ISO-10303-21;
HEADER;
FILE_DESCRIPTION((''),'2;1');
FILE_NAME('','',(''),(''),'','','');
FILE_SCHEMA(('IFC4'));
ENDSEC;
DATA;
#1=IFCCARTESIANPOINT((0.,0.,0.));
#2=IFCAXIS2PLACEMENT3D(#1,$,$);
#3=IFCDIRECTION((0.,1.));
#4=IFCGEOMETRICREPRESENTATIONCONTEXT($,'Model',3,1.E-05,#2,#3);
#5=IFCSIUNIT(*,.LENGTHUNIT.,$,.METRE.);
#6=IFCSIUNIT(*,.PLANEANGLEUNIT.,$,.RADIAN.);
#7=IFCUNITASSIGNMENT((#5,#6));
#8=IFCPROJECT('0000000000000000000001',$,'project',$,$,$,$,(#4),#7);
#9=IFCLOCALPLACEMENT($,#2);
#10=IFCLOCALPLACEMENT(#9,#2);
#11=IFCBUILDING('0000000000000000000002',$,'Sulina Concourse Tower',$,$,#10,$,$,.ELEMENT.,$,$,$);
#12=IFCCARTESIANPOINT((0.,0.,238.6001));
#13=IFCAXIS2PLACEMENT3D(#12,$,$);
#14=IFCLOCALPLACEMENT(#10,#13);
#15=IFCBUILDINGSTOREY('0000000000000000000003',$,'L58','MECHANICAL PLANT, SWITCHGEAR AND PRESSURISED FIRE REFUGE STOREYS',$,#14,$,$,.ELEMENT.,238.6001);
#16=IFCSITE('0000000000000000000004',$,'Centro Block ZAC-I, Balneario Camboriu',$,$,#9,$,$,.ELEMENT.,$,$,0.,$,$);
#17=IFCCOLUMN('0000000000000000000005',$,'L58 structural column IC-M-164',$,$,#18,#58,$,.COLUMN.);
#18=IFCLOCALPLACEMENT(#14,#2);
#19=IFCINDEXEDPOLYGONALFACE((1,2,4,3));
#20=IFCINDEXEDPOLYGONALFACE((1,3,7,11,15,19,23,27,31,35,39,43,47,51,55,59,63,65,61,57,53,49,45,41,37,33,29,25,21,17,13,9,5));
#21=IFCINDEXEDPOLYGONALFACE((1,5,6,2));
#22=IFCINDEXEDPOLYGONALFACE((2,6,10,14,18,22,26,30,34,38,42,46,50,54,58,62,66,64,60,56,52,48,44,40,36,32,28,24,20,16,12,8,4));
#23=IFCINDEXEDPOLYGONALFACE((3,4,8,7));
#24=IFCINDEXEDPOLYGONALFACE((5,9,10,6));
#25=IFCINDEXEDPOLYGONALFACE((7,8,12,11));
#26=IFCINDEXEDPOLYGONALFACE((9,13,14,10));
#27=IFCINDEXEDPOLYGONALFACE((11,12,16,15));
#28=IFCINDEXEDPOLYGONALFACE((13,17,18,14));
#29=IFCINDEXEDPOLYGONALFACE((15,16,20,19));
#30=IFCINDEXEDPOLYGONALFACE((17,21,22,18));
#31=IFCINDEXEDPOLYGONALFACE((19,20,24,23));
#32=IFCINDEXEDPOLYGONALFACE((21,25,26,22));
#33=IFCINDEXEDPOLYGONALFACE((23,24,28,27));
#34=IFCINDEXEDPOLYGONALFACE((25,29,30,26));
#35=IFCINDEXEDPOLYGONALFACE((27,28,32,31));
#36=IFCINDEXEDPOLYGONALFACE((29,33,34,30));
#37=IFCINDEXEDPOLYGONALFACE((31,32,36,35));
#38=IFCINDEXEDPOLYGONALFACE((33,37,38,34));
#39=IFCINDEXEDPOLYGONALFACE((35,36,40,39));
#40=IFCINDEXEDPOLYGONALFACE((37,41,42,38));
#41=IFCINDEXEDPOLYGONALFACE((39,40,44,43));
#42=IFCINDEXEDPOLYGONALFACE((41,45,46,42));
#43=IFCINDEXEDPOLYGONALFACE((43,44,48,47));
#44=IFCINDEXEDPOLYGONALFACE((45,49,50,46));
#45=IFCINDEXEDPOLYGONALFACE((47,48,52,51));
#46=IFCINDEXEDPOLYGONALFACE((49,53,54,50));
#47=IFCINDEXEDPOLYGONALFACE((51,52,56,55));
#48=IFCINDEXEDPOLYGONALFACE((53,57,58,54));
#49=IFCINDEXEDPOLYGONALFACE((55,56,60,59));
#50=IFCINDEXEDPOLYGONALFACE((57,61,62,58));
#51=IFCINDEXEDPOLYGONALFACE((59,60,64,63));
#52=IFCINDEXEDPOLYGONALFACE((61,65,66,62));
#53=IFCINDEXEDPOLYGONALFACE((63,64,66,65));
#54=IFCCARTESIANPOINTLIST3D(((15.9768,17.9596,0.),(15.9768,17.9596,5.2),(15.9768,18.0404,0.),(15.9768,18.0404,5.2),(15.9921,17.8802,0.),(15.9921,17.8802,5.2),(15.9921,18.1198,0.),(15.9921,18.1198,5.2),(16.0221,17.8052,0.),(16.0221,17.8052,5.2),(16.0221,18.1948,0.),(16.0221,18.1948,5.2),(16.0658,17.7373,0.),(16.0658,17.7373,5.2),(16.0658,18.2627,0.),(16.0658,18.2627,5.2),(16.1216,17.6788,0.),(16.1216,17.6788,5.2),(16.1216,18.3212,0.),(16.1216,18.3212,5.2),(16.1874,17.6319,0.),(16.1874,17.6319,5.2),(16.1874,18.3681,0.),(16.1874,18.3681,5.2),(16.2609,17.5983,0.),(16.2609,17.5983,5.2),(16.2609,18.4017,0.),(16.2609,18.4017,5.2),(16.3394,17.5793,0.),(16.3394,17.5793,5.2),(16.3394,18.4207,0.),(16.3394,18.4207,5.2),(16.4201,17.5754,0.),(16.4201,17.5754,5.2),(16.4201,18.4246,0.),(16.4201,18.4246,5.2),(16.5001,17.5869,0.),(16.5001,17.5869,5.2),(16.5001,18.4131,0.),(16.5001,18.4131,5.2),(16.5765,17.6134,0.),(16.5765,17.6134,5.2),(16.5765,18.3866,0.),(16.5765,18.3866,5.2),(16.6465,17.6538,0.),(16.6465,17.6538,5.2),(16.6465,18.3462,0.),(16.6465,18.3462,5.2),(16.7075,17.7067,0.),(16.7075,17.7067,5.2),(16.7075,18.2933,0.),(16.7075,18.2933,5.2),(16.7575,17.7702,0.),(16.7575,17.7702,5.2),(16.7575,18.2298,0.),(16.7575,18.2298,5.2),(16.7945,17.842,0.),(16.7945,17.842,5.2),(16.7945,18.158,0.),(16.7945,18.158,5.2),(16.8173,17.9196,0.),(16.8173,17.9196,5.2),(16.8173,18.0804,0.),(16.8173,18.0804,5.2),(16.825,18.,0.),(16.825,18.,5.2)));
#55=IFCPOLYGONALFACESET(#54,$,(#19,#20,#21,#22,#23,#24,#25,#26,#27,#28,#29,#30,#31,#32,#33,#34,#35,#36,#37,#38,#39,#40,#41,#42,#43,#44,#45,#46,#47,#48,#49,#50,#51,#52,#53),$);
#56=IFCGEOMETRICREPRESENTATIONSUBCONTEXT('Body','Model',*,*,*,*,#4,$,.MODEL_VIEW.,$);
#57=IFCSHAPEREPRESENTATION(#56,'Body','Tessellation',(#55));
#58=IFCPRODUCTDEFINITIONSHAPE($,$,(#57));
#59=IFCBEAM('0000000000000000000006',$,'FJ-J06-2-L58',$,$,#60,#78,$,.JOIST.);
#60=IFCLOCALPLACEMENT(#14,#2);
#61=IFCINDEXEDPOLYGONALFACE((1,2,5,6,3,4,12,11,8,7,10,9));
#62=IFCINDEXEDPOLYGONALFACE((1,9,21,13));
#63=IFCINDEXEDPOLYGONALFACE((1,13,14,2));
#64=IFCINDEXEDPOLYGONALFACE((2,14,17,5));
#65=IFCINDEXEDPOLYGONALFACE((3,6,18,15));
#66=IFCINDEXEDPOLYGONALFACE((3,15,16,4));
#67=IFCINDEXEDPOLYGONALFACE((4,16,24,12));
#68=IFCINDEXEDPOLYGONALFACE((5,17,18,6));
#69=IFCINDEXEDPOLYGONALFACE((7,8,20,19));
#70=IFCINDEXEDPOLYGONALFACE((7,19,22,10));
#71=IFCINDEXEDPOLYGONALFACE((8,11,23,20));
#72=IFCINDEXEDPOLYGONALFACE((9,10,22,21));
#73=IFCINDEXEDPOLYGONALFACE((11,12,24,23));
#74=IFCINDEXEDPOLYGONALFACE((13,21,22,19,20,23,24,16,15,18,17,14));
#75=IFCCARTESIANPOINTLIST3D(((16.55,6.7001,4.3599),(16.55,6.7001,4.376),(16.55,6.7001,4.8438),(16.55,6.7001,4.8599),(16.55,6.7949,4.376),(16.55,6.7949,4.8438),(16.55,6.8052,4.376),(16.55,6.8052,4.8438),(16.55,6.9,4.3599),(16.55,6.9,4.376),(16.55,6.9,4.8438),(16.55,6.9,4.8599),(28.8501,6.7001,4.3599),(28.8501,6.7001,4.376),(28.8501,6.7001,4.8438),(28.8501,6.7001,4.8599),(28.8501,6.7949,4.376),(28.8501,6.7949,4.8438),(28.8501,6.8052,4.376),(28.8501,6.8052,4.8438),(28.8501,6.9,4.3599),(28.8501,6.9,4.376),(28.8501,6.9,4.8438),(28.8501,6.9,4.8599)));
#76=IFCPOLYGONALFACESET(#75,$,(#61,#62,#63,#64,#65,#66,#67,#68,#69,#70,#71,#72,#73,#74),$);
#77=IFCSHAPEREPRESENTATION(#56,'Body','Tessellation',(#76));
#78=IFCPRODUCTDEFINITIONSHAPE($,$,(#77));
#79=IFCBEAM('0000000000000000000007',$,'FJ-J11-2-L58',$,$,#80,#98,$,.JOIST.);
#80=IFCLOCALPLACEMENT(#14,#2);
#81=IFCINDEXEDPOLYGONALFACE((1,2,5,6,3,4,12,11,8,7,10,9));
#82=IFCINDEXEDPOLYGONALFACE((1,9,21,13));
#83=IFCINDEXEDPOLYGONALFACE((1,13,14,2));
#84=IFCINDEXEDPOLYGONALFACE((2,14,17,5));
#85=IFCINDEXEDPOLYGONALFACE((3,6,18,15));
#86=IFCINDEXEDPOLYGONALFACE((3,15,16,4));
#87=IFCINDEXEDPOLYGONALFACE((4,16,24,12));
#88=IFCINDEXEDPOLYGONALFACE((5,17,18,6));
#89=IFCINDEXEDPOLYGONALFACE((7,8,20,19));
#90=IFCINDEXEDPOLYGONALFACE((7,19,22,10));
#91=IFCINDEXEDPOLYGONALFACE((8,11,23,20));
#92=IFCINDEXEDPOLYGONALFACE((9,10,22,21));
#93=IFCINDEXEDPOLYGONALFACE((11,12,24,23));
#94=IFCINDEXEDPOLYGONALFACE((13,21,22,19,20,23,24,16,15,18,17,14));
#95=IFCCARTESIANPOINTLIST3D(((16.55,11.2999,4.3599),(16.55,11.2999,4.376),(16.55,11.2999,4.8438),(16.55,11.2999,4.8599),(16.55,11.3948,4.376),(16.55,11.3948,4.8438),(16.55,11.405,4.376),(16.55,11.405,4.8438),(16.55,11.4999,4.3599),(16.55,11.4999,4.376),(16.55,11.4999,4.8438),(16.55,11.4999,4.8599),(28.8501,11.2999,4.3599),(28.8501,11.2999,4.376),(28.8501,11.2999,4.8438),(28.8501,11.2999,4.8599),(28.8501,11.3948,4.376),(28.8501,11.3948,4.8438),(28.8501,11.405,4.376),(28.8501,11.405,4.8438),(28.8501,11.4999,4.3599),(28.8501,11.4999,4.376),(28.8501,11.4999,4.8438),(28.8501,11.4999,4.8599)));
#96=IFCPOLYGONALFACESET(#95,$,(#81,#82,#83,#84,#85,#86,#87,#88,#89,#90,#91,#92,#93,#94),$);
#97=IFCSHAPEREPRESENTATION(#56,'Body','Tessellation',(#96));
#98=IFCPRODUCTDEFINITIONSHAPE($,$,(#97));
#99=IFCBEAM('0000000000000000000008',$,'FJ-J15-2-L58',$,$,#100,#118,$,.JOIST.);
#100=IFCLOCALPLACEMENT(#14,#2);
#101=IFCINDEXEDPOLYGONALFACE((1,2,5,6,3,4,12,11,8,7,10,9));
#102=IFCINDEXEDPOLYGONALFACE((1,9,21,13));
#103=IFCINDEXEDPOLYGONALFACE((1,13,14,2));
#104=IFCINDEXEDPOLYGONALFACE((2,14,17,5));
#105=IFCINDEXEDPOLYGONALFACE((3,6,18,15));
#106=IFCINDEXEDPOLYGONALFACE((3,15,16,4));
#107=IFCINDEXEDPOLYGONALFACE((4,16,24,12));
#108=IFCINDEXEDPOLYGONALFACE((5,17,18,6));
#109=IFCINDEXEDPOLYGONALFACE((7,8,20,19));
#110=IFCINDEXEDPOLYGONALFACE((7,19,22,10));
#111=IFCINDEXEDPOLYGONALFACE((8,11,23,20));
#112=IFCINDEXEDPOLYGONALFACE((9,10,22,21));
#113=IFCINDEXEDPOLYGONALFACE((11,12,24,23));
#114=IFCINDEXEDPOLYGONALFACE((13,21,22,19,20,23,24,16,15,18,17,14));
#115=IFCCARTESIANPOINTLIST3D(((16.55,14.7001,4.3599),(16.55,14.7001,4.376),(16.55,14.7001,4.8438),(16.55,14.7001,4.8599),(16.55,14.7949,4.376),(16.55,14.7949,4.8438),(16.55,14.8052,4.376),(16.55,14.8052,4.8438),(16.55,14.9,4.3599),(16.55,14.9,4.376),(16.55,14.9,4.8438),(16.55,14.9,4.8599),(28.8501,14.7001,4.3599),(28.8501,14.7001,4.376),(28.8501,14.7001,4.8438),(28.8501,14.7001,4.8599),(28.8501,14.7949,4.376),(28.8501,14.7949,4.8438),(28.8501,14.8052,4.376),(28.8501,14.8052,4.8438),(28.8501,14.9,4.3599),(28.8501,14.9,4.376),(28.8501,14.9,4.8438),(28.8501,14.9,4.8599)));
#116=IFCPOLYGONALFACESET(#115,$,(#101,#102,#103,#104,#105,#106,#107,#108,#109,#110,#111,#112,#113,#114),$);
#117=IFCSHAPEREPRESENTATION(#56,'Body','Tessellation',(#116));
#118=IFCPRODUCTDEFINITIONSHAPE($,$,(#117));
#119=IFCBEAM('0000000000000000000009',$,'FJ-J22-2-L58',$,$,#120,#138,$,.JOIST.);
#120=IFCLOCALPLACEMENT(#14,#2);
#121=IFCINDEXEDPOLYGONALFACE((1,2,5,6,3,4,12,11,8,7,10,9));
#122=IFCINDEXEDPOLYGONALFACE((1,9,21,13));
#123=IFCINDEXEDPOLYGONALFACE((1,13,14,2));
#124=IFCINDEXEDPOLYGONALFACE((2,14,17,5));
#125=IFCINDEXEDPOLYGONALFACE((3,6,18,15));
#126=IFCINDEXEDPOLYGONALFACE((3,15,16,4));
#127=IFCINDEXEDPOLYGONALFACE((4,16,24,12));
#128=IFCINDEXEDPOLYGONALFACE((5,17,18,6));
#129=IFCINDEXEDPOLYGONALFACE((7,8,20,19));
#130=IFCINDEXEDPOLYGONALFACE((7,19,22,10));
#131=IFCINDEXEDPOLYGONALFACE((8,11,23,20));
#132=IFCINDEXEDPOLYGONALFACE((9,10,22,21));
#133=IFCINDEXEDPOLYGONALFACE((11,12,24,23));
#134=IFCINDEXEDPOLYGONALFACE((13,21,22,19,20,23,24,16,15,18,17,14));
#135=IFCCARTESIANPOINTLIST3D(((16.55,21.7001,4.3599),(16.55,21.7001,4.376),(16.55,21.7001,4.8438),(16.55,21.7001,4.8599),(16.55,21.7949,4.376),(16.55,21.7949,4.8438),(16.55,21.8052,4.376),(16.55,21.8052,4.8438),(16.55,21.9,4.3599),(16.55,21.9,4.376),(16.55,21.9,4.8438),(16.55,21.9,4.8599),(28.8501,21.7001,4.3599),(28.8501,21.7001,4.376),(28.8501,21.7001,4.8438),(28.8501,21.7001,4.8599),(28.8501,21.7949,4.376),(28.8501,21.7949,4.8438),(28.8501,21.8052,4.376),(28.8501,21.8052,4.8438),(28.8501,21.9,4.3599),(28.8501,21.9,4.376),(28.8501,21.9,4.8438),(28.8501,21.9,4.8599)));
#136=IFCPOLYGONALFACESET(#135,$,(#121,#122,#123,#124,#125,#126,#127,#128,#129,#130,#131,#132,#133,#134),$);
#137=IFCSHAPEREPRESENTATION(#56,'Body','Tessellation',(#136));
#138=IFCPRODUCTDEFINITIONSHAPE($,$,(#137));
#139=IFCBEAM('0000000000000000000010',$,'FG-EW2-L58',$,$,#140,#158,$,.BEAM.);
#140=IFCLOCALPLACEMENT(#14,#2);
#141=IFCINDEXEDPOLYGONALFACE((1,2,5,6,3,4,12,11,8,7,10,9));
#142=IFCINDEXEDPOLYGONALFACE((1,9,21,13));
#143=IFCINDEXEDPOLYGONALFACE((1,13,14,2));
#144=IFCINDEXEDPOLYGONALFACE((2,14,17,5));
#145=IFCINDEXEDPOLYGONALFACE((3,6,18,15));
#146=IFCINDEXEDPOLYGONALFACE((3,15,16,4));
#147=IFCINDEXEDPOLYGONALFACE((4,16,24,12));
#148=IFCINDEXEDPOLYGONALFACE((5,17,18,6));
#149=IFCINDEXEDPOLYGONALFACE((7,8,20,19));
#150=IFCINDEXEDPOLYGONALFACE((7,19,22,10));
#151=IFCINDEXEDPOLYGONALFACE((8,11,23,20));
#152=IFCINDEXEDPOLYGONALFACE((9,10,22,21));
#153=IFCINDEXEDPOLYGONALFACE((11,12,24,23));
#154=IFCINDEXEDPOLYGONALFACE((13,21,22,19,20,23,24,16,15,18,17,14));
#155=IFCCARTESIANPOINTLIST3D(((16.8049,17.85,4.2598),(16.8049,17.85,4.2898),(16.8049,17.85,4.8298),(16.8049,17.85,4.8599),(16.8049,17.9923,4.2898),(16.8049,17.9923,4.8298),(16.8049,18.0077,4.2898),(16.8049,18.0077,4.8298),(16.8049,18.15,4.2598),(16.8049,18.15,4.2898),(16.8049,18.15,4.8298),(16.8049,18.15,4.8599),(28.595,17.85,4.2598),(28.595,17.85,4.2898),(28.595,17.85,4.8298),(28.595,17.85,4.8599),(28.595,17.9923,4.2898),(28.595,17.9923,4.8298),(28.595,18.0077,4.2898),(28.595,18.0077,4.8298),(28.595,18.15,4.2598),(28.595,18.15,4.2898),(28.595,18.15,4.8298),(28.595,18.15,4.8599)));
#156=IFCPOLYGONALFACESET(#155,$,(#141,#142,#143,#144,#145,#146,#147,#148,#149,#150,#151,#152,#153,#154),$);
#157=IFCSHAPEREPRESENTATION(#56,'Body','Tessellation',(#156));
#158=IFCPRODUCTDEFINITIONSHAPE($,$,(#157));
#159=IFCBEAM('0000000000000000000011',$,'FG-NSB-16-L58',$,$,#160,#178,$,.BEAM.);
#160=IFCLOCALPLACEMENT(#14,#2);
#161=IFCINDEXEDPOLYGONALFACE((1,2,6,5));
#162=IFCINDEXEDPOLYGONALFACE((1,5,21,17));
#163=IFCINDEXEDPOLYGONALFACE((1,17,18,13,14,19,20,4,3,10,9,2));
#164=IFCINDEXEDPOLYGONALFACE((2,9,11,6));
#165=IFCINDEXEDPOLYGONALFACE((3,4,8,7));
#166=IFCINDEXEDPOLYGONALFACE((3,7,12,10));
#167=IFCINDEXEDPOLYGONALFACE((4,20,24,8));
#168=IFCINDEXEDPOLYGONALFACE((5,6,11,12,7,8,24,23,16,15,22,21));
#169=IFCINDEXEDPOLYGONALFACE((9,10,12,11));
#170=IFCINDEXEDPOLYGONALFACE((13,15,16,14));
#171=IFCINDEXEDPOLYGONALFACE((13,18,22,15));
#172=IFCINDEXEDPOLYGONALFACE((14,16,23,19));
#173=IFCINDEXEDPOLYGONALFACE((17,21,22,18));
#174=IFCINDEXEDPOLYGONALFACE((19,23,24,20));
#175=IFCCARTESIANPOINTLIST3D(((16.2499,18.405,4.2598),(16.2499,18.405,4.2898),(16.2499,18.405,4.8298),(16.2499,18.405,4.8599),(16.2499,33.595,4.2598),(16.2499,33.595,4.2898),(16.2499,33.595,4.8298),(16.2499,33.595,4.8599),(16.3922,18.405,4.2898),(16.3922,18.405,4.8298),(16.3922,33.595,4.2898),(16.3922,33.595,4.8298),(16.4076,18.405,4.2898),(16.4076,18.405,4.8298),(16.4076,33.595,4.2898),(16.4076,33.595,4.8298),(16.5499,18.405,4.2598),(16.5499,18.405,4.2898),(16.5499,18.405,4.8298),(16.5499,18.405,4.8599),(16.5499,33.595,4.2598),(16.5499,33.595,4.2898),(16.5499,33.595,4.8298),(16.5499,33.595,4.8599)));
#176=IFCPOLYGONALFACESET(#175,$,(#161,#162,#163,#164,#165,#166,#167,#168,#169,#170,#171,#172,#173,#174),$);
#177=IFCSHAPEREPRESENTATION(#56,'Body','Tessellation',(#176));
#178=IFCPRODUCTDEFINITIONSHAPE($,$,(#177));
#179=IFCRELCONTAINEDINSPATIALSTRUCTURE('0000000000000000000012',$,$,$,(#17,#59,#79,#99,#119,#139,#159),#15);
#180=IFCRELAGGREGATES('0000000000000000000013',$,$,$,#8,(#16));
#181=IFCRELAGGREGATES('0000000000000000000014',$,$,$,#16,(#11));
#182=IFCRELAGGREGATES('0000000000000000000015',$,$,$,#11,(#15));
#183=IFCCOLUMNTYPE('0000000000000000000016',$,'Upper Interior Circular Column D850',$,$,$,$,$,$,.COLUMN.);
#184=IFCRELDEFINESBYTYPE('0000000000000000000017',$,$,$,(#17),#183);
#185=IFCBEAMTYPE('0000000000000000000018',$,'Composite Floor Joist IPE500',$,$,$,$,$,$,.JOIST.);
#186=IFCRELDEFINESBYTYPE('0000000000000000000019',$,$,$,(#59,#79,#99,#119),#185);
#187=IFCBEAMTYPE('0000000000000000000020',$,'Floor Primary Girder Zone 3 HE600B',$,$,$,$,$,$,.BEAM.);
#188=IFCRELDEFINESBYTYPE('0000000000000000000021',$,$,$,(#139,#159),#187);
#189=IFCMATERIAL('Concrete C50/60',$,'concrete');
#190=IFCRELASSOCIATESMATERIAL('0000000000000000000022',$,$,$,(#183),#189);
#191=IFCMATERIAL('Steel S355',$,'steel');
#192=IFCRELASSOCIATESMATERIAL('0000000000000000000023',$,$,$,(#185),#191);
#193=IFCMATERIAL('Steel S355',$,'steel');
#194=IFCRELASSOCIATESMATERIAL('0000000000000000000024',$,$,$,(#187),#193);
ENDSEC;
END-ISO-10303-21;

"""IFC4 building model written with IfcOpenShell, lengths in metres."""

from ifc_helpers import new_model, si_unit, direction, frame, origin, origin_2d, place, context, subcontext, project, spatial, circle, i_section, extrude, material, material_profile, profile_set, type_object, element, save


model = new_model("IFC4")

# Units and contexts
model_context = context("Model", 3, precision=1e-05, world=origin(), true_north=direction((0.0, 1.0)))
body_context = subcontext(model_context, "Body", "Model", "MODEL_VIEW")
ifc_project = project(units=[si_unit("LENGTHUNIT", "METRE"), si_unit("PLANEANGLEUNIT", "RADIAN")], contexts=[model_context])

# Site, building, storey
site_placement = place(None, origin())
site = spatial("IfcSite", under=ifc_project, at=site_placement, Name="Centro Block ZAC-I, Balneario Camboriu", CompositionType="ELEMENT", RefElevation=0.0)
building_placement = place(site_placement, origin())
building = spatial("IfcBuilding", under=site, at=building_placement, Name="Sulina Concourse Tower", CompositionType="ELEMENT")
storey_placement = place(building_placement, frame((0.0, 0.0, 238.6001)))
storey = spatial("IfcBuildingStorey", under=building, at=storey_placement, Name="L58", Description="MECHANICAL PLANT, SWITCHGEAR AND PRESSURISED FIRE REFUGE STOREYS", CompositionType="ELEMENT", Elevation=238.6001)

# Column
ifc_material_1 = material(Name="Concrete C50/60", Category="concrete")
ifc_material_profile_1 = material_profile(ifc_material_1, circle(Radius=0.425, at=origin_2d()), Name="RC D850")
ifc_profile_set_1 = profile_set([ifc_material_profile_1], Name="Concrete C50/60")
column_type = type_object("IfcColumnType", Name="Upper Interior Circular Column D850", PredefinedType="COLUMN", material=ifc_profile_set_1)
column_placement = place(storey_placement, frame((16.3999, 18.0, 0.0), z_axis=(0.0, 0.0, 1.0), x_axis=(1.0, 0.0, 0.0)))
element("IfcColumn", 1, at=column_placement, inside=storey, type_object=column_type, Name="L58 structural column IC-M-164", PredefinedType="COLUMN", context=body_context, shape_type="SweptSolid", body=[
    extrude(circle(Radius=0.425, at=origin_2d()), origin(), (0.0, 0.0, 1.0), 5.2),
])

# Beams
ifc_material_2 = material(Name="Steel S355", Category="steel")
ifc_material_profile_2 = material_profile(ifc_material_2, i_section(OverallWidth=0.2, OverallDepth=0.5, WebThickness=0.0103, FlangeThickness=0.0161, at=origin_2d()), Name="IPE 500")
ifc_profile_set_2 = profile_set([ifc_material_profile_2], Name="Steel S355")
beam_type_1 = type_object("IfcBeamType", Name="Composite Floor Joist IPE500", PredefinedType="JOIST", material=ifc_profile_set_2)
for number, where, z_axis, x_axis, name in (
    (2, (16.55, 6.8, 4.6099), (1.0, 0.0, 0.0), (0.0, 1.0, 0.0), "FJ-J06-2-L58"),
    (3, (16.55, 11.3999, 4.6099), (1.0, 0.0, 0.0), (0.0, 1.0, 0.0), "FJ-J11-2-L58"),
    (4, (16.55, 14.8, 4.6099), (1.0, 0.0, 0.0), (0.0, 1.0, 0.0), "FJ-J15-2-L58"),
    (5, (16.55, 21.8, 4.6099), (1.0, 0.0, 0.0), (0.0, 1.0, 0.0), "FJ-J22-2-L58"),
):
    element("IfcBeam", number, at=place(storey_placement, frame(where, z_axis=z_axis, x_axis=x_axis)), inside=storey, type_object=beam_type_1, Name=name, PredefinedType="JOIST", context=body_context, shape_type="SweptSolid", body=[
        extrude(i_section(OverallWidth=0.2, OverallDepth=0.5, WebThickness=0.0103, FlangeThickness=0.0161, at=origin_2d()), origin(), (0.0, 0.0, 1.0), 12.3),
    ])
ifc_material_3 = material(Name="Steel S355", Category="steel")
ifc_material_profile_3 = material_profile(ifc_material_3, i_section(OverallWidth=0.3, OverallDepth=0.6001, WebThickness=0.0154, FlangeThickness=0.03, at=origin_2d()), Name="HE 600 B")
ifc_profile_set_3 = profile_set([ifc_material_profile_3], Name="Steel S355")
beam_type_2 = type_object("IfcBeamType", Name="Floor Primary Girder Zone 3 HE600B", PredefinedType="BEAM", material=ifc_profile_set_3)
beam_1_placement = place(storey_placement, frame((16.8049, 18.0, 4.5598), z_axis=(1.0, 0.0, 0.0), x_axis=(0.0, 1.0, 0.0)))
element("IfcBeam", 6, at=beam_1_placement, inside=storey, type_object=beam_type_2, Name="FG-EW2-L58", PredefinedType="BEAM", context=body_context, shape_type="SweptSolid", body=[
    extrude(i_section(OverallWidth=0.3, OverallDepth=0.6001, WebThickness=0.0154, FlangeThickness=0.03, at=origin_2d()), origin(), (0.0, 0.0, 1.0), 11.79),
])
beam_2_placement = place(storey_placement, frame((16.3999, 18.405, 4.5598), z_axis=(0.0, 1.0, 0.0), x_axis=(-1.0, 0.0, 0.0)))
element("IfcBeam", 7, at=beam_2_placement, inside=storey, type_object=beam_type_2, Name="FG-NSB-16-L58", PredefinedType="BEAM", context=body_context, shape_type="SweptSolid", body=[
    extrude(i_section(OverallWidth=0.3, OverallDepth=0.6001, WebThickness=0.0154, FlangeThickness=0.03, at=origin_2d()), origin(), (0.0, 0.0, 1.0), 15.1899),
])

save(model, "model.ifc")
